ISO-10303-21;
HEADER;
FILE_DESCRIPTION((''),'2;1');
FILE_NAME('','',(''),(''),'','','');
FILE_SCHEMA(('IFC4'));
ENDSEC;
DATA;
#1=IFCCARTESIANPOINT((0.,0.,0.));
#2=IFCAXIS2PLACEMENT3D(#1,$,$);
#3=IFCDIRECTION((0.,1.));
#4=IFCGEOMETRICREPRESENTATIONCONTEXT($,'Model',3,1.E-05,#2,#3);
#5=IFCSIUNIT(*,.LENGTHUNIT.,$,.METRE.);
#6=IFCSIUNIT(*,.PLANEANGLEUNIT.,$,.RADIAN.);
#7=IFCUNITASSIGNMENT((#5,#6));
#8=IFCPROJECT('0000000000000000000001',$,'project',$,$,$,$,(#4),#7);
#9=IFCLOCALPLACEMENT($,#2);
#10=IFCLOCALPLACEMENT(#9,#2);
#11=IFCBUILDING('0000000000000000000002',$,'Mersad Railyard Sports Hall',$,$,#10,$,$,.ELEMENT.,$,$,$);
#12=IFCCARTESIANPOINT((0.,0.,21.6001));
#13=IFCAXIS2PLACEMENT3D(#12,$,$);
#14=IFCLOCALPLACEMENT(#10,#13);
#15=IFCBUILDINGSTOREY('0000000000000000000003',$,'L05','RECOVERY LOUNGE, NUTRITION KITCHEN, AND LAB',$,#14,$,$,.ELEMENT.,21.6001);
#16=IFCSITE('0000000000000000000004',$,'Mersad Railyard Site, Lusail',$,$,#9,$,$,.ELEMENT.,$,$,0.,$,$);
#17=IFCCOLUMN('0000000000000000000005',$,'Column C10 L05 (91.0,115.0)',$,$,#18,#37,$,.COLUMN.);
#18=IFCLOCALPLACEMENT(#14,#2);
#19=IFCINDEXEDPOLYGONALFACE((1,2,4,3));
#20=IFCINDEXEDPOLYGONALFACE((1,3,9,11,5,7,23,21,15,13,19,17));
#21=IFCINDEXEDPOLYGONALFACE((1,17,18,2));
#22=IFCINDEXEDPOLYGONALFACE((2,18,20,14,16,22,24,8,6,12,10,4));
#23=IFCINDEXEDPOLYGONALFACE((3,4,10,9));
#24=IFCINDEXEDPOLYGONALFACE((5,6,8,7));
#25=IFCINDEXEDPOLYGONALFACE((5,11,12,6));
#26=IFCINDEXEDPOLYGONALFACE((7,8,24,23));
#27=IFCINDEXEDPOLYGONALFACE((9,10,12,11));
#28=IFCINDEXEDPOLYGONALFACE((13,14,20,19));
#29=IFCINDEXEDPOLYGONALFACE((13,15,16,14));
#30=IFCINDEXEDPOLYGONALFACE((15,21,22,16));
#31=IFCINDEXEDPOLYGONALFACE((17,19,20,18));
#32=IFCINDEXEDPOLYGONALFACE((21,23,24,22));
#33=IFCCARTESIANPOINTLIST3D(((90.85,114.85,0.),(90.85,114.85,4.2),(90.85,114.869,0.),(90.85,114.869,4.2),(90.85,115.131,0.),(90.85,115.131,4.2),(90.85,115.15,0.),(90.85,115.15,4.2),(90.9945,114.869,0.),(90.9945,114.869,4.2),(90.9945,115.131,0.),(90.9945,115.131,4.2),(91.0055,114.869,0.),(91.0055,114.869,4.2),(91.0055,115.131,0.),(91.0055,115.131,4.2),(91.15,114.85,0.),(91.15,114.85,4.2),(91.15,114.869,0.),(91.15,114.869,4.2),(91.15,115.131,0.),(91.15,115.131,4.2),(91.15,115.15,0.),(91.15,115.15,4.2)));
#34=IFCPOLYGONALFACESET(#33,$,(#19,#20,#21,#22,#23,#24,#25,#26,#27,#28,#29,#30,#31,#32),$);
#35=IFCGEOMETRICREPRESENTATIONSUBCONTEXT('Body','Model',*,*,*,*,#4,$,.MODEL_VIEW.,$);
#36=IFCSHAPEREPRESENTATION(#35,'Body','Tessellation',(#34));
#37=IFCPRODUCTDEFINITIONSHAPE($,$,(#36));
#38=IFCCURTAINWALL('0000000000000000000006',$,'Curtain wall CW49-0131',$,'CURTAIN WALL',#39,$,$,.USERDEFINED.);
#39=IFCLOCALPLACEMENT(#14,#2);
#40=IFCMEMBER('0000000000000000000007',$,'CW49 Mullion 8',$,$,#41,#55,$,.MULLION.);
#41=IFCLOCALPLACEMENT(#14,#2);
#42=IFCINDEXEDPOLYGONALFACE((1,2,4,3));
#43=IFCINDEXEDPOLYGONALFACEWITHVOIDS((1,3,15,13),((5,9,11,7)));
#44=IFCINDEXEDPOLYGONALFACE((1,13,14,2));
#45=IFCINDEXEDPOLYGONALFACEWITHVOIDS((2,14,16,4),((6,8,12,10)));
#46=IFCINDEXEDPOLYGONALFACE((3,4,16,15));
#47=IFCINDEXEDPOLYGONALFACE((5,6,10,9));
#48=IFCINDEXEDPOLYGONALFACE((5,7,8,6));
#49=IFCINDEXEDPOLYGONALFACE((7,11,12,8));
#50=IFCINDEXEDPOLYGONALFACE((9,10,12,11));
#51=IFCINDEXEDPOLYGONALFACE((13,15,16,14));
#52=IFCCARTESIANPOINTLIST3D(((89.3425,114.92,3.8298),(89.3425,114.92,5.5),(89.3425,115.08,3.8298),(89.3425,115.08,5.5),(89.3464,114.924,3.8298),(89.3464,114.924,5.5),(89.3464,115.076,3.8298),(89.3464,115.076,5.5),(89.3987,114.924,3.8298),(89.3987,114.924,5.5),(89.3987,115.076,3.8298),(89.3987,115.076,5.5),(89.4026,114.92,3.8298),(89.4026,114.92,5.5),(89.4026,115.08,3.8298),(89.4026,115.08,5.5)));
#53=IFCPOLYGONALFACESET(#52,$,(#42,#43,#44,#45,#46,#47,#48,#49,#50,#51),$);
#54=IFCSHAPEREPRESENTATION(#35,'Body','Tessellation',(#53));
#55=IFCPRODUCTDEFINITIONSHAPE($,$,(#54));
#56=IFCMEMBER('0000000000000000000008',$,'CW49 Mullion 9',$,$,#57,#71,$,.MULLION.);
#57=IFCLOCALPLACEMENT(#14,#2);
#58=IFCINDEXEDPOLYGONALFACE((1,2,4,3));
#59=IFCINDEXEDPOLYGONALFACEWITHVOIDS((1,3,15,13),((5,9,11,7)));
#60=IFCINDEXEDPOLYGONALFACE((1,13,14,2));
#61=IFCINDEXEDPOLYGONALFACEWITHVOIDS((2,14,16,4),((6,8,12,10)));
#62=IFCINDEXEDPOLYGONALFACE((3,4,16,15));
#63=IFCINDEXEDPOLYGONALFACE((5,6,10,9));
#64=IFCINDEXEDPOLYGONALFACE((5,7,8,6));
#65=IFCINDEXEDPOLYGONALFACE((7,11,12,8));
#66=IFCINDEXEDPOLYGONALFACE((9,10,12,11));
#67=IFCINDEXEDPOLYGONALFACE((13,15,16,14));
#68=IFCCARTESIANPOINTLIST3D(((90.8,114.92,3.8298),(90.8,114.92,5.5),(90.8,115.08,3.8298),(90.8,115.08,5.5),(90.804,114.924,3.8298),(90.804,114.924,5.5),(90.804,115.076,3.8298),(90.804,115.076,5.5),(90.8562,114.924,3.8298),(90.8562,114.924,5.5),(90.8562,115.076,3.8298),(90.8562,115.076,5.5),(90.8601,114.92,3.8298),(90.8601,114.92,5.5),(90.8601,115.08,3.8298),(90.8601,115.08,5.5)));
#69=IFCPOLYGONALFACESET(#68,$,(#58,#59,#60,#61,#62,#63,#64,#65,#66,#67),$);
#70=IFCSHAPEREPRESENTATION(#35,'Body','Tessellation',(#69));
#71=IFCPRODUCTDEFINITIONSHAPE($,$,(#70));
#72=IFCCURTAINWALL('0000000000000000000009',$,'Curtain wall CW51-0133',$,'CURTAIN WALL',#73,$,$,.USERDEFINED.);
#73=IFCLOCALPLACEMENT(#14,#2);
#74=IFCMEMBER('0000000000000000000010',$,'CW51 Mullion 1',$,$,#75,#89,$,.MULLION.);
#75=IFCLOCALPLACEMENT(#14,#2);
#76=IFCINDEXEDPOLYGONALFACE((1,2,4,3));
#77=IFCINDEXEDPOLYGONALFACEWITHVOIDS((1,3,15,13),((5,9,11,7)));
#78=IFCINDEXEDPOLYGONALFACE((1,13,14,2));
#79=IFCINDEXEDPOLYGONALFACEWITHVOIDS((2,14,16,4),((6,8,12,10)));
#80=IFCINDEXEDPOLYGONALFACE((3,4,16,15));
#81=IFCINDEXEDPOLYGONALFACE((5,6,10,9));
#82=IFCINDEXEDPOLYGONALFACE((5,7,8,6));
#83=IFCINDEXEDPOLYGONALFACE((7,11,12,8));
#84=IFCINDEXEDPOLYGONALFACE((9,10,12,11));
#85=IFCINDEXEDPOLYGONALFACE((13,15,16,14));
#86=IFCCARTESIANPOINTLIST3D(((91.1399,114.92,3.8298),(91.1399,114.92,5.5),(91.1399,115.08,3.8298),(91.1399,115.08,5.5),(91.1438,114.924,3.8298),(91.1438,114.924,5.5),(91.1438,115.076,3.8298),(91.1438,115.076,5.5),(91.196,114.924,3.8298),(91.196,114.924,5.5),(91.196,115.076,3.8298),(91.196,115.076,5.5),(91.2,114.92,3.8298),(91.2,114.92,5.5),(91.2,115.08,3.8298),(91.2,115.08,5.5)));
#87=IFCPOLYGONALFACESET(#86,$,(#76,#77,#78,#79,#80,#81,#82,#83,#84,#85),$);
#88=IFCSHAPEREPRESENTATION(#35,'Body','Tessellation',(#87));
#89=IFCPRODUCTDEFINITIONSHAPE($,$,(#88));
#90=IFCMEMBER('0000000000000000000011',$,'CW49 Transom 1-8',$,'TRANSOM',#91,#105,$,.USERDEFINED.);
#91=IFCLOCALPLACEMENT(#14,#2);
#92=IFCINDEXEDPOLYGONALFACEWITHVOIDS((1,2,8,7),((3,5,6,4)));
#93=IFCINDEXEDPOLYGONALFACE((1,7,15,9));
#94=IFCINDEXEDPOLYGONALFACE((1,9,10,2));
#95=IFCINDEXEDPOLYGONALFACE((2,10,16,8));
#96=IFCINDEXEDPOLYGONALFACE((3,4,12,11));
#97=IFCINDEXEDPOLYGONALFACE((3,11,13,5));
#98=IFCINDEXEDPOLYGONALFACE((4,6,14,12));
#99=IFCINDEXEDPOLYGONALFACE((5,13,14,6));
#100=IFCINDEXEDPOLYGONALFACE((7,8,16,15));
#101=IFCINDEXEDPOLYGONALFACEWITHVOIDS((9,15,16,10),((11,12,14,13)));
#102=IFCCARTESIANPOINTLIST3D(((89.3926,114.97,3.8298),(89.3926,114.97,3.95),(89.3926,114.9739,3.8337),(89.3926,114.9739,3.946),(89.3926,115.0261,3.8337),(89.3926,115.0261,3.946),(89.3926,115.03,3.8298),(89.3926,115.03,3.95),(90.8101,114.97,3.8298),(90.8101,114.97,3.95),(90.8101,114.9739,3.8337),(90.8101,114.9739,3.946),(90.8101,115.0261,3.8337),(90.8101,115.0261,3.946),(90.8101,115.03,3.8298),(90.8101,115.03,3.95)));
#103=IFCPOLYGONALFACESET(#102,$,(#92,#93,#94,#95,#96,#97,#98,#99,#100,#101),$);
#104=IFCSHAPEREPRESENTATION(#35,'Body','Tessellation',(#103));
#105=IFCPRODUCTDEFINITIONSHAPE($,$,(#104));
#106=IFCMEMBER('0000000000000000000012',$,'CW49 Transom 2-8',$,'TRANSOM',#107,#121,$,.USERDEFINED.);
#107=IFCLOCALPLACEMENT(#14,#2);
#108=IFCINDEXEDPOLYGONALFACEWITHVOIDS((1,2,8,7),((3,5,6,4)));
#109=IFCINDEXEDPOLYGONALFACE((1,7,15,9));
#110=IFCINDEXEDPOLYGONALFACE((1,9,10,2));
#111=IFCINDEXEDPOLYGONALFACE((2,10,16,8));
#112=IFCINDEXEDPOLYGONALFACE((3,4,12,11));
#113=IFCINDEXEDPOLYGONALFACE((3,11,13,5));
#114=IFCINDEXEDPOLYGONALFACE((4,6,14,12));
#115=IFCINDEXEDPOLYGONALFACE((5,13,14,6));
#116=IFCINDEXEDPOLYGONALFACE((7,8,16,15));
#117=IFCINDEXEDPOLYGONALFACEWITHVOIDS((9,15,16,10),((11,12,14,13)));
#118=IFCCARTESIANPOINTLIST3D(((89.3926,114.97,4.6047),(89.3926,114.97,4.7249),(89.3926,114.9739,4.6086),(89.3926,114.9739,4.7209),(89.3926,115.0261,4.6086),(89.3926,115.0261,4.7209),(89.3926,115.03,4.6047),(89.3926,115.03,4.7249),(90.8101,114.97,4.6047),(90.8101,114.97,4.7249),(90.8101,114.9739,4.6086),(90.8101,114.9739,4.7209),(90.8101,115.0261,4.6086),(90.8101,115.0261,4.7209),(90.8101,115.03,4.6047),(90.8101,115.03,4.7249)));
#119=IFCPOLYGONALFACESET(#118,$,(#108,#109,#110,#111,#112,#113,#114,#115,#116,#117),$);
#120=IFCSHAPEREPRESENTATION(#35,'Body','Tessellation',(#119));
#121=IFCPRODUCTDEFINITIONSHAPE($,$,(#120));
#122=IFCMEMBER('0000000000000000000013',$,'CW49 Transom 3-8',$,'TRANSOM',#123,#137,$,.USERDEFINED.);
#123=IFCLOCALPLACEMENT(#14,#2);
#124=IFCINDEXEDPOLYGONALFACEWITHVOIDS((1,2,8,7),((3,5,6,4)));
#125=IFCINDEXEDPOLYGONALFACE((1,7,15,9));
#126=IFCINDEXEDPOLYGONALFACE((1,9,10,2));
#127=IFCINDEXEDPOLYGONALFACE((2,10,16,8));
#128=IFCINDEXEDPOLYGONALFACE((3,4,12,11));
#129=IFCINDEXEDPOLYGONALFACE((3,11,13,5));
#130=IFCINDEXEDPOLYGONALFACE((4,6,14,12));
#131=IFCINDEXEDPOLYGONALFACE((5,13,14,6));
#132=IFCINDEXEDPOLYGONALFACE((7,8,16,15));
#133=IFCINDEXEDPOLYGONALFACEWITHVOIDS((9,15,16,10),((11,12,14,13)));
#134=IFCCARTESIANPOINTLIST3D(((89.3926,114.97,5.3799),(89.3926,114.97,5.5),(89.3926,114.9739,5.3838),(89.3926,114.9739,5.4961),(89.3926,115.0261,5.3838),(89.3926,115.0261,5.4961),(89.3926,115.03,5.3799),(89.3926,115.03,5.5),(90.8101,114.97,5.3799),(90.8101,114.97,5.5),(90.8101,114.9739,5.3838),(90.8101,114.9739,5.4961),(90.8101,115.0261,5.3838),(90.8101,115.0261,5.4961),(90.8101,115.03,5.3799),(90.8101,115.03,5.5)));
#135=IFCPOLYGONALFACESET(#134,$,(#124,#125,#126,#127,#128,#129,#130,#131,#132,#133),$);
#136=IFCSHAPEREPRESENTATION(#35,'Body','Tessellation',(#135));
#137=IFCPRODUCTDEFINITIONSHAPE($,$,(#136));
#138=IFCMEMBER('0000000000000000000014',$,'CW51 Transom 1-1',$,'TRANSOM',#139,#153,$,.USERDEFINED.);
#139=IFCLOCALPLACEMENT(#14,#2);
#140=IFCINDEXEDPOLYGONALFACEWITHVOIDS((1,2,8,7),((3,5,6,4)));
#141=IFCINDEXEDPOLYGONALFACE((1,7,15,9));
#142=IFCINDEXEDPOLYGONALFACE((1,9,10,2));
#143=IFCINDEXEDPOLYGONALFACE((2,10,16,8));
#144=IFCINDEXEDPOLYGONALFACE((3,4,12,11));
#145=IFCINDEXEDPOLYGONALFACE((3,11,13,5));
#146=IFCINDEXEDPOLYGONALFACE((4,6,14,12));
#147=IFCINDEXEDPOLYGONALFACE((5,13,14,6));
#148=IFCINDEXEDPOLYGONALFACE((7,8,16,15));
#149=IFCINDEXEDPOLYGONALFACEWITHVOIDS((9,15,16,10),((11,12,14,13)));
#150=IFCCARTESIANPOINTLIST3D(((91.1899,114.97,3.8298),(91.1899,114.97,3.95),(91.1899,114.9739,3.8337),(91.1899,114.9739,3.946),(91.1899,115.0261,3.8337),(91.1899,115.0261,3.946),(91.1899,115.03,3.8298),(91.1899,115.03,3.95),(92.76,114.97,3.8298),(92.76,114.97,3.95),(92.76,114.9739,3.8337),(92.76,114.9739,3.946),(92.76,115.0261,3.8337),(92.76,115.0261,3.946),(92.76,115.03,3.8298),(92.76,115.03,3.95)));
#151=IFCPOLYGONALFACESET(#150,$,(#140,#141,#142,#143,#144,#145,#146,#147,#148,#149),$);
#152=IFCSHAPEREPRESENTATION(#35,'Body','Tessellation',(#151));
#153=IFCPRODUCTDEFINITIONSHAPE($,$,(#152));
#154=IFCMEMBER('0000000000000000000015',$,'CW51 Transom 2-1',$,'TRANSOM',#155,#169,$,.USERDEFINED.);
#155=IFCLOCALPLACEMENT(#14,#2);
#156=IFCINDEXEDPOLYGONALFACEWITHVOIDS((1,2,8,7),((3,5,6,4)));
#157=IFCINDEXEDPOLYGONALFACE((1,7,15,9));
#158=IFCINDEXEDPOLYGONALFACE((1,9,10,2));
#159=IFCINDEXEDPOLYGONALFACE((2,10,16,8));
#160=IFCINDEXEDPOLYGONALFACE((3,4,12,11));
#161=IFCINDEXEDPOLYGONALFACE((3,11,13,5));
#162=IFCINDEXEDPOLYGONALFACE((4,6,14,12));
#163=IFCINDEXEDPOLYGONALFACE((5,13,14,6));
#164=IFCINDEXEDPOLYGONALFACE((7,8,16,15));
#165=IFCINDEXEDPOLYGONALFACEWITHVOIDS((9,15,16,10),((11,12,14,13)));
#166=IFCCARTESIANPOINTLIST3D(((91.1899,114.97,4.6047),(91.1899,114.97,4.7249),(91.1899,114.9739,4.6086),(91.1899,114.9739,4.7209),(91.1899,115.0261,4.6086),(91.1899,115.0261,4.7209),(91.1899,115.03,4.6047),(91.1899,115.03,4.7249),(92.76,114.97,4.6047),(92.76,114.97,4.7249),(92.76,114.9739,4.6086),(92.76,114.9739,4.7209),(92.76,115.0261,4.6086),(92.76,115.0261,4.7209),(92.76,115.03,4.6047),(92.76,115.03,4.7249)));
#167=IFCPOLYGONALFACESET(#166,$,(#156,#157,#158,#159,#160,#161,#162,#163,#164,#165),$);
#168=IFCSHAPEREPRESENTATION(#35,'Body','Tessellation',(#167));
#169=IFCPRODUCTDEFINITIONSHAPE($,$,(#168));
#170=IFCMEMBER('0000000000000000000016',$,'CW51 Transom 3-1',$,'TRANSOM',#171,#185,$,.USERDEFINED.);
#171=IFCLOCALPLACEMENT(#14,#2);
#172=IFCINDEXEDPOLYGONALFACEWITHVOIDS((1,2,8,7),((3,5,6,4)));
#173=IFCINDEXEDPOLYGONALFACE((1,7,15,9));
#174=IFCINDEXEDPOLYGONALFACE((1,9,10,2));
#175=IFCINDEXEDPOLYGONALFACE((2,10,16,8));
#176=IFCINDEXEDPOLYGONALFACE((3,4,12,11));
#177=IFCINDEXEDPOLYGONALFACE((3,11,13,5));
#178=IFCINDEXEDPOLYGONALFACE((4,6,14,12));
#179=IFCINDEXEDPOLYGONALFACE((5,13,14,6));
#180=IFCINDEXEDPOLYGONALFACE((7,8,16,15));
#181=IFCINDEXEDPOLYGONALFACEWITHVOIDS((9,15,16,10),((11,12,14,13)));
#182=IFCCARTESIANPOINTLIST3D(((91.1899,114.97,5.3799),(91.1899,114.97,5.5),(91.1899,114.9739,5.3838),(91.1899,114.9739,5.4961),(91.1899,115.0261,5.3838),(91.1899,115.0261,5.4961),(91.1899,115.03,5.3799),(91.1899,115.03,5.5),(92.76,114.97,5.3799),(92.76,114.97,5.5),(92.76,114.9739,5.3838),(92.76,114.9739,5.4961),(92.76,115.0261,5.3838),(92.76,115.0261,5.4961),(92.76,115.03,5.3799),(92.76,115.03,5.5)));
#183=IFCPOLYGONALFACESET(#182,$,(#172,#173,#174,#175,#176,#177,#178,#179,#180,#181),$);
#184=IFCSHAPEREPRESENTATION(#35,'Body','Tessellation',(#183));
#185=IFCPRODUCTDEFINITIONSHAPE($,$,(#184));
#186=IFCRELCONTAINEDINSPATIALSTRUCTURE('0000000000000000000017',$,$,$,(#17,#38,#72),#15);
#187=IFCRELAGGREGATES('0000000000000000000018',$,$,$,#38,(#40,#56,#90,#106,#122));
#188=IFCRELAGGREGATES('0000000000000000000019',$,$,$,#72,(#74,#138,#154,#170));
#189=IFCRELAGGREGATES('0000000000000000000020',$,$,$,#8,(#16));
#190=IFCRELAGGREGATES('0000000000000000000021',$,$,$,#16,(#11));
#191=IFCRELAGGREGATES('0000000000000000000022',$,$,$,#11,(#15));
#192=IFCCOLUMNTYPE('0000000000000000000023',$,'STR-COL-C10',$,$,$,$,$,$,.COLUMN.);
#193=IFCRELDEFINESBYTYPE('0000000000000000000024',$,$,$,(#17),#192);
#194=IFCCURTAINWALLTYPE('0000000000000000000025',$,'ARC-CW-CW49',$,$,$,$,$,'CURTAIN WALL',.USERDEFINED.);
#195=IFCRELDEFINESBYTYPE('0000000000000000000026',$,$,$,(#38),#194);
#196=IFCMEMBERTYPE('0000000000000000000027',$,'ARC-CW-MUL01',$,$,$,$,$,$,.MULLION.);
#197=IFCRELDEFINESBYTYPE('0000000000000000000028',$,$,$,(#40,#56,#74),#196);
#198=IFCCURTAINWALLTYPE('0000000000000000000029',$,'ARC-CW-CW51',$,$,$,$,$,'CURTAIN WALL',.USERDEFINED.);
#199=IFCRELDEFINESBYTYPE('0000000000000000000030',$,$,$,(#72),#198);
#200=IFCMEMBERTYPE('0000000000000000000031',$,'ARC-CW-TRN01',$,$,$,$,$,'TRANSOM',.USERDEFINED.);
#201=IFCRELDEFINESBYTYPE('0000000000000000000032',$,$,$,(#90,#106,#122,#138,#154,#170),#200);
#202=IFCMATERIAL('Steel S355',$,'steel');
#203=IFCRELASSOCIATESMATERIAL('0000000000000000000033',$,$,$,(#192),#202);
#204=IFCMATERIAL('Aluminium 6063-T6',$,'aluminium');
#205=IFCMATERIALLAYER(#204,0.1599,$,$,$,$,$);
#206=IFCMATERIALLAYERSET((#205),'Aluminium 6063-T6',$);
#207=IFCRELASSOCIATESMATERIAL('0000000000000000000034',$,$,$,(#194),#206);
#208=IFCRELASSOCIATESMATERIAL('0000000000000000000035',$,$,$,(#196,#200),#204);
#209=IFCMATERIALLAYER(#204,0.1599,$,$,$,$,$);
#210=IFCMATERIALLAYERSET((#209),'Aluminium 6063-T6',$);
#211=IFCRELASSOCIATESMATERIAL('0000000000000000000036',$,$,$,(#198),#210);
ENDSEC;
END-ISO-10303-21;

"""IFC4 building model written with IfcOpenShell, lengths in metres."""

from ifc_helpers import new_model, si_unit, direction, frame, origin, origin_2d, place, context, subcontext, project, spatial, hollow_rectangle, i_section, extrude, material, layer, layer_set, material_profile, profile_set, type_object, element, aggregate, save


model = new_model("IFC4")

# Units and contexts
model_context = context("Model", 3, precision=1e-05, world=origin(), true_north=direction((0.0, 1.0)))
body_context = subcontext(model_context, "Body", "Model", "MODEL_VIEW")
ifc_project = project(units=[si_unit("LENGTHUNIT", "METRE"), si_unit("PLANEANGLEUNIT", "RADIAN")], contexts=[model_context])

# Site, building, storey
site_placement = place(None, origin())
site = spatial("IfcSite", under=ifc_project, at=site_placement, Name="Mersad Railyard Site, Lusail", CompositionType="ELEMENT", RefElevation=0.0)
building_placement = place(site_placement, origin())
building = spatial("IfcBuilding", under=site, at=building_placement, Name="Mersad Railyard Sports Hall", CompositionType="ELEMENT")
storey_placement = place(building_placement, frame((0.0, 0.0, 21.6001)))
storey = spatial("IfcBuildingStorey", under=building, at=storey_placement, Name="L05", Description="RECOVERY LOUNGE, NUTRITION KITCHEN, AND LAB", CompositionType="ELEMENT", Elevation=21.6001)

# Column
ifc_material_1 = material(Name="Steel S355", Category="steel")
ifc_material_profile_1 = material_profile(ifc_material_1, i_section(OverallWidth=0.3, OverallDepth=0.3, WebThickness=0.011, FlangeThickness=0.019, at=origin_2d()), Name="HEB 300")
ifc_profile_set_1 = profile_set([ifc_material_profile_1], Name="Steel S355")
column_type = type_object("IfcColumnType", Name="STR-COL-C10", PredefinedType="COLUMN", material=ifc_profile_set_1)
column_placement = place(storey_placement, frame((91.0, 115.0, 0.0), z_axis=(0.0, 0.0, 1.0), x_axis=(1.0, 0.0, 0.0)))
element("IfcColumn", 1, at=column_placement, inside=storey, type_object=column_type, Name="Column C10 L05 (91.0,115.0)", PredefinedType="COLUMN", context=body_context, shape_type="SweptSolid", body=[
    extrude(i_section(OverallWidth=0.3, OverallDepth=0.3, WebThickness=0.011, FlangeThickness=0.019, at=origin_2d()), origin(), (0.0, 0.0, 1.0), 4.2),
])

# Curtain wall, members
ifc_material_2 = material(Name="Aluminium 6063-T6", Category="aluminium")
ifc_layer_1 = layer(ifc_material_2, 0.1599)
ifc_layer_set_1 = layer_set([ifc_layer_1], Name="Aluminium 6063-T6")
curtain_wall_type_1 = type_object("IfcCurtainWallType", Name="ARC-CW-CW49", ElementType="CURTAIN WALL", PredefinedType="USERDEFINED", material=ifc_layer_set_1)
curtain_wall_1_placement = place(storey_placement, origin())
curtain_wall_1 = element("IfcCurtainWall", 2, at=curtain_wall_1_placement, inside=storey, type_object=curtain_wall_type_1, Name="Curtain wall CW49-0131", ObjectType="CURTAIN WALL", PredefinedType="USERDEFINED")
ifc_material_profile_2 = material_profile(ifc_material_2, hollow_rectangle(XDim=0.0601, YDim=0.1599, WallThickness=0.0039, at=origin_2d()), Name="AL MULLION 60x160x4")
ifc_profile_set_2 = profile_set([ifc_material_profile_2], Name="Aluminium 6063-T6")
member_type_1 = type_object("IfcMemberType", Name="ARC-CW-MUL01", PredefinedType="MULLION", material=ifc_profile_set_2)
member_1_placement = place(storey_placement, frame((89.3726, 115.0, 3.8298), z_axis=(0.0, 0.0, 1.0), x_axis=(1.0, 0.0, 0.0)))
member_1 = element("IfcMember", 3, at=member_1_placement, type_object=member_type_1, Name="CW49 Mullion 8", PredefinedType="MULLION", context=body_context, shape_type="SweptSolid", body=[
    extrude(hollow_rectangle(XDim=0.0601, YDim=0.1599, WallThickness=0.0039, at=origin_2d()), origin(), (0.0, 0.0, 1.0), 1.6702),
])
member_2_placement = place(storey_placement, frame((90.8301, 115.0, 3.8298), z_axis=(0.0, 0.0, 1.0), x_axis=(1.0, 0.0, 0.0)))
member_2 = element("IfcMember", 4, at=member_2_placement, type_object=member_type_1, Name="CW49 Mullion 9", PredefinedType="MULLION", context=body_context, shape_type="SweptSolid", body=[
    extrude(hollow_rectangle(XDim=0.0601, YDim=0.1599, WallThickness=0.0039, at=origin_2d()), origin(), (0.0, 0.0, 1.0), 1.6702),
])

# Curtain wall, member
ifc_layer_2 = layer(ifc_material_2, 0.1599)
ifc_layer_set_2 = layer_set([ifc_layer_2], Name="Aluminium 6063-T6")
curtain_wall_type_2 = type_object("IfcCurtainWallType", Name="ARC-CW-CW51", ElementType="CURTAIN WALL", PredefinedType="USERDEFINED", material=ifc_layer_set_2)
curtain_wall_2_placement = place(storey_placement, origin())
curtain_wall_2 = element("IfcCurtainWall", 5, at=curtain_wall_2_placement, inside=storey, type_object=curtain_wall_type_2, Name="Curtain wall CW51-0133", ObjectType="CURTAIN WALL", PredefinedType="USERDEFINED")
member_3_placement = place(storey_placement, frame((91.1699, 115.0, 3.8298), z_axis=(0.0, 0.0, 1.0), x_axis=(1.0, 0.0, 0.0)))
member_3 = element("IfcMember", 6, at=member_3_placement, type_object=member_type_1, Name="CW51 Mullion 1", PredefinedType="MULLION", context=body_context, shape_type="SweptSolid", body=[
    extrude(hollow_rectangle(XDim=0.0601, YDim=0.1599, WallThickness=0.0039, at=origin_2d()), origin(), (0.0, 0.0, 1.0), 1.6702),
])

# Members
ifc_material_profile_3 = material_profile(ifc_material_2, hollow_rectangle(XDim=0.0601, YDim=0.1201, WallThickness=0.0039, at=origin_2d()), Name="AL TRANSOM 60x120x4")
ifc_profile_set_3 = profile_set([ifc_material_profile_3], Name="Aluminium 6063-T6")
member_type_2 = type_object("IfcMemberType", Name="ARC-CW-TRN01", ElementType="TRANSOM", PredefinedType="USERDEFINED", material=ifc_profile_set_3)
member_4_placement = place(storey_placement, frame((89.3926, 115.0, 3.8899), z_axis=(1.0, 0.0, 0.0), x_axis=(0.0, 1.0, 0.0)))
member_4 = element("IfcMember", 7, at=member_4_placement, type_object=member_type_2, Name="CW49 Transom 1-8", ObjectType="TRANSOM", PredefinedType="USERDEFINED", context=body_context, shape_type="SweptSolid", body=[
    extrude(hollow_rectangle(XDim=0.0601, YDim=0.1201, WallThickness=0.0039, at=origin_2d()), origin(), (0.0, 0.0, 1.0), 1.4175),
])
member_5_placement = place(storey_placement, frame((89.3926, 115.0, 4.6648), z_axis=(1.0, 0.0, 0.0), x_axis=(0.0, 1.0, 0.0)))
member_5 = element("IfcMember", 8, at=member_5_placement, type_object=member_type_2, Name="CW49 Transom 2-8", ObjectType="TRANSOM", PredefinedType="USERDEFINED", context=body_context, shape_type="SweptSolid", body=[
    extrude(hollow_rectangle(XDim=0.0601, YDim=0.1201, WallThickness=0.0039, at=origin_2d()), origin(), (0.0, 0.0, 1.0), 1.4175),
])
member_6_placement = place(storey_placement, frame((89.3926, 115.0, 5.4399), z_axis=(1.0, 0.0, 0.0), x_axis=(0.0, 1.0, 0.0)))
member_6 = element("IfcMember", 9, at=member_6_placement, type_object=member_type_2, Name="CW49 Transom 3-8", ObjectType="TRANSOM", PredefinedType="USERDEFINED", context=body_context, shape_type="SweptSolid", body=[
    extrude(hollow_rectangle(XDim=0.0601, YDim=0.1201, WallThickness=0.0039, at=origin_2d()), origin(), (0.0, 0.0, 1.0), 1.4175),
])
member_7_placement = place(storey_placement, frame((91.1899, 115.0, 3.8899), z_axis=(1.0, 0.0, 0.0), x_axis=(0.0, 1.0, 0.0)))
member_7 = element("IfcMember", 10, at=member_7_placement, type_object=member_type_2, Name="CW51 Transom 1-1", ObjectType="TRANSOM", PredefinedType="USERDEFINED", context=body_context, shape_type="SweptSolid", body=[
    extrude(hollow_rectangle(XDim=0.0601, YDim=0.1201, WallThickness=0.0039, at=origin_2d()), origin(), (0.0, 0.0, 1.0), 1.5701),
])
member_8_placement = place(storey_placement, frame((91.1899, 115.0, 4.6648), z_axis=(1.0, 0.0, 0.0), x_axis=(0.0, 1.0, 0.0)))
member_8 = element("IfcMember", 11, at=member_8_placement, type_object=member_type_2, Name="CW51 Transom 2-1", ObjectType="TRANSOM", PredefinedType="USERDEFINED", context=body_context, shape_type="SweptSolid", body=[
    extrude(hollow_rectangle(XDim=0.0601, YDim=0.1201, WallThickness=0.0039, at=origin_2d()), origin(), (0.0, 0.0, 1.0), 1.5701),
])
member_9_placement = place(storey_placement, frame((91.1899, 115.0, 5.4399), z_axis=(1.0, 0.0, 0.0), x_axis=(0.0, 1.0, 0.0)))
member_9 = element("IfcMember", 12, at=member_9_placement, type_object=member_type_2, Name="CW51 Transom 3-1", ObjectType="TRANSOM", PredefinedType="USERDEFINED", context=body_context, shape_type="SweptSolid", body=[
    extrude(hollow_rectangle(XDim=0.0601, YDim=0.1201, WallThickness=0.0039, at=origin_2d()), origin(), (0.0, 0.0, 1.0), 1.5701),
])

aggregate(curtain_wall_1, [member_1, member_2, member_4, member_5, member_6])
aggregate(curtain_wall_2, [member_3, member_7, member_8, member_9])

save(model, "model.ifc")
